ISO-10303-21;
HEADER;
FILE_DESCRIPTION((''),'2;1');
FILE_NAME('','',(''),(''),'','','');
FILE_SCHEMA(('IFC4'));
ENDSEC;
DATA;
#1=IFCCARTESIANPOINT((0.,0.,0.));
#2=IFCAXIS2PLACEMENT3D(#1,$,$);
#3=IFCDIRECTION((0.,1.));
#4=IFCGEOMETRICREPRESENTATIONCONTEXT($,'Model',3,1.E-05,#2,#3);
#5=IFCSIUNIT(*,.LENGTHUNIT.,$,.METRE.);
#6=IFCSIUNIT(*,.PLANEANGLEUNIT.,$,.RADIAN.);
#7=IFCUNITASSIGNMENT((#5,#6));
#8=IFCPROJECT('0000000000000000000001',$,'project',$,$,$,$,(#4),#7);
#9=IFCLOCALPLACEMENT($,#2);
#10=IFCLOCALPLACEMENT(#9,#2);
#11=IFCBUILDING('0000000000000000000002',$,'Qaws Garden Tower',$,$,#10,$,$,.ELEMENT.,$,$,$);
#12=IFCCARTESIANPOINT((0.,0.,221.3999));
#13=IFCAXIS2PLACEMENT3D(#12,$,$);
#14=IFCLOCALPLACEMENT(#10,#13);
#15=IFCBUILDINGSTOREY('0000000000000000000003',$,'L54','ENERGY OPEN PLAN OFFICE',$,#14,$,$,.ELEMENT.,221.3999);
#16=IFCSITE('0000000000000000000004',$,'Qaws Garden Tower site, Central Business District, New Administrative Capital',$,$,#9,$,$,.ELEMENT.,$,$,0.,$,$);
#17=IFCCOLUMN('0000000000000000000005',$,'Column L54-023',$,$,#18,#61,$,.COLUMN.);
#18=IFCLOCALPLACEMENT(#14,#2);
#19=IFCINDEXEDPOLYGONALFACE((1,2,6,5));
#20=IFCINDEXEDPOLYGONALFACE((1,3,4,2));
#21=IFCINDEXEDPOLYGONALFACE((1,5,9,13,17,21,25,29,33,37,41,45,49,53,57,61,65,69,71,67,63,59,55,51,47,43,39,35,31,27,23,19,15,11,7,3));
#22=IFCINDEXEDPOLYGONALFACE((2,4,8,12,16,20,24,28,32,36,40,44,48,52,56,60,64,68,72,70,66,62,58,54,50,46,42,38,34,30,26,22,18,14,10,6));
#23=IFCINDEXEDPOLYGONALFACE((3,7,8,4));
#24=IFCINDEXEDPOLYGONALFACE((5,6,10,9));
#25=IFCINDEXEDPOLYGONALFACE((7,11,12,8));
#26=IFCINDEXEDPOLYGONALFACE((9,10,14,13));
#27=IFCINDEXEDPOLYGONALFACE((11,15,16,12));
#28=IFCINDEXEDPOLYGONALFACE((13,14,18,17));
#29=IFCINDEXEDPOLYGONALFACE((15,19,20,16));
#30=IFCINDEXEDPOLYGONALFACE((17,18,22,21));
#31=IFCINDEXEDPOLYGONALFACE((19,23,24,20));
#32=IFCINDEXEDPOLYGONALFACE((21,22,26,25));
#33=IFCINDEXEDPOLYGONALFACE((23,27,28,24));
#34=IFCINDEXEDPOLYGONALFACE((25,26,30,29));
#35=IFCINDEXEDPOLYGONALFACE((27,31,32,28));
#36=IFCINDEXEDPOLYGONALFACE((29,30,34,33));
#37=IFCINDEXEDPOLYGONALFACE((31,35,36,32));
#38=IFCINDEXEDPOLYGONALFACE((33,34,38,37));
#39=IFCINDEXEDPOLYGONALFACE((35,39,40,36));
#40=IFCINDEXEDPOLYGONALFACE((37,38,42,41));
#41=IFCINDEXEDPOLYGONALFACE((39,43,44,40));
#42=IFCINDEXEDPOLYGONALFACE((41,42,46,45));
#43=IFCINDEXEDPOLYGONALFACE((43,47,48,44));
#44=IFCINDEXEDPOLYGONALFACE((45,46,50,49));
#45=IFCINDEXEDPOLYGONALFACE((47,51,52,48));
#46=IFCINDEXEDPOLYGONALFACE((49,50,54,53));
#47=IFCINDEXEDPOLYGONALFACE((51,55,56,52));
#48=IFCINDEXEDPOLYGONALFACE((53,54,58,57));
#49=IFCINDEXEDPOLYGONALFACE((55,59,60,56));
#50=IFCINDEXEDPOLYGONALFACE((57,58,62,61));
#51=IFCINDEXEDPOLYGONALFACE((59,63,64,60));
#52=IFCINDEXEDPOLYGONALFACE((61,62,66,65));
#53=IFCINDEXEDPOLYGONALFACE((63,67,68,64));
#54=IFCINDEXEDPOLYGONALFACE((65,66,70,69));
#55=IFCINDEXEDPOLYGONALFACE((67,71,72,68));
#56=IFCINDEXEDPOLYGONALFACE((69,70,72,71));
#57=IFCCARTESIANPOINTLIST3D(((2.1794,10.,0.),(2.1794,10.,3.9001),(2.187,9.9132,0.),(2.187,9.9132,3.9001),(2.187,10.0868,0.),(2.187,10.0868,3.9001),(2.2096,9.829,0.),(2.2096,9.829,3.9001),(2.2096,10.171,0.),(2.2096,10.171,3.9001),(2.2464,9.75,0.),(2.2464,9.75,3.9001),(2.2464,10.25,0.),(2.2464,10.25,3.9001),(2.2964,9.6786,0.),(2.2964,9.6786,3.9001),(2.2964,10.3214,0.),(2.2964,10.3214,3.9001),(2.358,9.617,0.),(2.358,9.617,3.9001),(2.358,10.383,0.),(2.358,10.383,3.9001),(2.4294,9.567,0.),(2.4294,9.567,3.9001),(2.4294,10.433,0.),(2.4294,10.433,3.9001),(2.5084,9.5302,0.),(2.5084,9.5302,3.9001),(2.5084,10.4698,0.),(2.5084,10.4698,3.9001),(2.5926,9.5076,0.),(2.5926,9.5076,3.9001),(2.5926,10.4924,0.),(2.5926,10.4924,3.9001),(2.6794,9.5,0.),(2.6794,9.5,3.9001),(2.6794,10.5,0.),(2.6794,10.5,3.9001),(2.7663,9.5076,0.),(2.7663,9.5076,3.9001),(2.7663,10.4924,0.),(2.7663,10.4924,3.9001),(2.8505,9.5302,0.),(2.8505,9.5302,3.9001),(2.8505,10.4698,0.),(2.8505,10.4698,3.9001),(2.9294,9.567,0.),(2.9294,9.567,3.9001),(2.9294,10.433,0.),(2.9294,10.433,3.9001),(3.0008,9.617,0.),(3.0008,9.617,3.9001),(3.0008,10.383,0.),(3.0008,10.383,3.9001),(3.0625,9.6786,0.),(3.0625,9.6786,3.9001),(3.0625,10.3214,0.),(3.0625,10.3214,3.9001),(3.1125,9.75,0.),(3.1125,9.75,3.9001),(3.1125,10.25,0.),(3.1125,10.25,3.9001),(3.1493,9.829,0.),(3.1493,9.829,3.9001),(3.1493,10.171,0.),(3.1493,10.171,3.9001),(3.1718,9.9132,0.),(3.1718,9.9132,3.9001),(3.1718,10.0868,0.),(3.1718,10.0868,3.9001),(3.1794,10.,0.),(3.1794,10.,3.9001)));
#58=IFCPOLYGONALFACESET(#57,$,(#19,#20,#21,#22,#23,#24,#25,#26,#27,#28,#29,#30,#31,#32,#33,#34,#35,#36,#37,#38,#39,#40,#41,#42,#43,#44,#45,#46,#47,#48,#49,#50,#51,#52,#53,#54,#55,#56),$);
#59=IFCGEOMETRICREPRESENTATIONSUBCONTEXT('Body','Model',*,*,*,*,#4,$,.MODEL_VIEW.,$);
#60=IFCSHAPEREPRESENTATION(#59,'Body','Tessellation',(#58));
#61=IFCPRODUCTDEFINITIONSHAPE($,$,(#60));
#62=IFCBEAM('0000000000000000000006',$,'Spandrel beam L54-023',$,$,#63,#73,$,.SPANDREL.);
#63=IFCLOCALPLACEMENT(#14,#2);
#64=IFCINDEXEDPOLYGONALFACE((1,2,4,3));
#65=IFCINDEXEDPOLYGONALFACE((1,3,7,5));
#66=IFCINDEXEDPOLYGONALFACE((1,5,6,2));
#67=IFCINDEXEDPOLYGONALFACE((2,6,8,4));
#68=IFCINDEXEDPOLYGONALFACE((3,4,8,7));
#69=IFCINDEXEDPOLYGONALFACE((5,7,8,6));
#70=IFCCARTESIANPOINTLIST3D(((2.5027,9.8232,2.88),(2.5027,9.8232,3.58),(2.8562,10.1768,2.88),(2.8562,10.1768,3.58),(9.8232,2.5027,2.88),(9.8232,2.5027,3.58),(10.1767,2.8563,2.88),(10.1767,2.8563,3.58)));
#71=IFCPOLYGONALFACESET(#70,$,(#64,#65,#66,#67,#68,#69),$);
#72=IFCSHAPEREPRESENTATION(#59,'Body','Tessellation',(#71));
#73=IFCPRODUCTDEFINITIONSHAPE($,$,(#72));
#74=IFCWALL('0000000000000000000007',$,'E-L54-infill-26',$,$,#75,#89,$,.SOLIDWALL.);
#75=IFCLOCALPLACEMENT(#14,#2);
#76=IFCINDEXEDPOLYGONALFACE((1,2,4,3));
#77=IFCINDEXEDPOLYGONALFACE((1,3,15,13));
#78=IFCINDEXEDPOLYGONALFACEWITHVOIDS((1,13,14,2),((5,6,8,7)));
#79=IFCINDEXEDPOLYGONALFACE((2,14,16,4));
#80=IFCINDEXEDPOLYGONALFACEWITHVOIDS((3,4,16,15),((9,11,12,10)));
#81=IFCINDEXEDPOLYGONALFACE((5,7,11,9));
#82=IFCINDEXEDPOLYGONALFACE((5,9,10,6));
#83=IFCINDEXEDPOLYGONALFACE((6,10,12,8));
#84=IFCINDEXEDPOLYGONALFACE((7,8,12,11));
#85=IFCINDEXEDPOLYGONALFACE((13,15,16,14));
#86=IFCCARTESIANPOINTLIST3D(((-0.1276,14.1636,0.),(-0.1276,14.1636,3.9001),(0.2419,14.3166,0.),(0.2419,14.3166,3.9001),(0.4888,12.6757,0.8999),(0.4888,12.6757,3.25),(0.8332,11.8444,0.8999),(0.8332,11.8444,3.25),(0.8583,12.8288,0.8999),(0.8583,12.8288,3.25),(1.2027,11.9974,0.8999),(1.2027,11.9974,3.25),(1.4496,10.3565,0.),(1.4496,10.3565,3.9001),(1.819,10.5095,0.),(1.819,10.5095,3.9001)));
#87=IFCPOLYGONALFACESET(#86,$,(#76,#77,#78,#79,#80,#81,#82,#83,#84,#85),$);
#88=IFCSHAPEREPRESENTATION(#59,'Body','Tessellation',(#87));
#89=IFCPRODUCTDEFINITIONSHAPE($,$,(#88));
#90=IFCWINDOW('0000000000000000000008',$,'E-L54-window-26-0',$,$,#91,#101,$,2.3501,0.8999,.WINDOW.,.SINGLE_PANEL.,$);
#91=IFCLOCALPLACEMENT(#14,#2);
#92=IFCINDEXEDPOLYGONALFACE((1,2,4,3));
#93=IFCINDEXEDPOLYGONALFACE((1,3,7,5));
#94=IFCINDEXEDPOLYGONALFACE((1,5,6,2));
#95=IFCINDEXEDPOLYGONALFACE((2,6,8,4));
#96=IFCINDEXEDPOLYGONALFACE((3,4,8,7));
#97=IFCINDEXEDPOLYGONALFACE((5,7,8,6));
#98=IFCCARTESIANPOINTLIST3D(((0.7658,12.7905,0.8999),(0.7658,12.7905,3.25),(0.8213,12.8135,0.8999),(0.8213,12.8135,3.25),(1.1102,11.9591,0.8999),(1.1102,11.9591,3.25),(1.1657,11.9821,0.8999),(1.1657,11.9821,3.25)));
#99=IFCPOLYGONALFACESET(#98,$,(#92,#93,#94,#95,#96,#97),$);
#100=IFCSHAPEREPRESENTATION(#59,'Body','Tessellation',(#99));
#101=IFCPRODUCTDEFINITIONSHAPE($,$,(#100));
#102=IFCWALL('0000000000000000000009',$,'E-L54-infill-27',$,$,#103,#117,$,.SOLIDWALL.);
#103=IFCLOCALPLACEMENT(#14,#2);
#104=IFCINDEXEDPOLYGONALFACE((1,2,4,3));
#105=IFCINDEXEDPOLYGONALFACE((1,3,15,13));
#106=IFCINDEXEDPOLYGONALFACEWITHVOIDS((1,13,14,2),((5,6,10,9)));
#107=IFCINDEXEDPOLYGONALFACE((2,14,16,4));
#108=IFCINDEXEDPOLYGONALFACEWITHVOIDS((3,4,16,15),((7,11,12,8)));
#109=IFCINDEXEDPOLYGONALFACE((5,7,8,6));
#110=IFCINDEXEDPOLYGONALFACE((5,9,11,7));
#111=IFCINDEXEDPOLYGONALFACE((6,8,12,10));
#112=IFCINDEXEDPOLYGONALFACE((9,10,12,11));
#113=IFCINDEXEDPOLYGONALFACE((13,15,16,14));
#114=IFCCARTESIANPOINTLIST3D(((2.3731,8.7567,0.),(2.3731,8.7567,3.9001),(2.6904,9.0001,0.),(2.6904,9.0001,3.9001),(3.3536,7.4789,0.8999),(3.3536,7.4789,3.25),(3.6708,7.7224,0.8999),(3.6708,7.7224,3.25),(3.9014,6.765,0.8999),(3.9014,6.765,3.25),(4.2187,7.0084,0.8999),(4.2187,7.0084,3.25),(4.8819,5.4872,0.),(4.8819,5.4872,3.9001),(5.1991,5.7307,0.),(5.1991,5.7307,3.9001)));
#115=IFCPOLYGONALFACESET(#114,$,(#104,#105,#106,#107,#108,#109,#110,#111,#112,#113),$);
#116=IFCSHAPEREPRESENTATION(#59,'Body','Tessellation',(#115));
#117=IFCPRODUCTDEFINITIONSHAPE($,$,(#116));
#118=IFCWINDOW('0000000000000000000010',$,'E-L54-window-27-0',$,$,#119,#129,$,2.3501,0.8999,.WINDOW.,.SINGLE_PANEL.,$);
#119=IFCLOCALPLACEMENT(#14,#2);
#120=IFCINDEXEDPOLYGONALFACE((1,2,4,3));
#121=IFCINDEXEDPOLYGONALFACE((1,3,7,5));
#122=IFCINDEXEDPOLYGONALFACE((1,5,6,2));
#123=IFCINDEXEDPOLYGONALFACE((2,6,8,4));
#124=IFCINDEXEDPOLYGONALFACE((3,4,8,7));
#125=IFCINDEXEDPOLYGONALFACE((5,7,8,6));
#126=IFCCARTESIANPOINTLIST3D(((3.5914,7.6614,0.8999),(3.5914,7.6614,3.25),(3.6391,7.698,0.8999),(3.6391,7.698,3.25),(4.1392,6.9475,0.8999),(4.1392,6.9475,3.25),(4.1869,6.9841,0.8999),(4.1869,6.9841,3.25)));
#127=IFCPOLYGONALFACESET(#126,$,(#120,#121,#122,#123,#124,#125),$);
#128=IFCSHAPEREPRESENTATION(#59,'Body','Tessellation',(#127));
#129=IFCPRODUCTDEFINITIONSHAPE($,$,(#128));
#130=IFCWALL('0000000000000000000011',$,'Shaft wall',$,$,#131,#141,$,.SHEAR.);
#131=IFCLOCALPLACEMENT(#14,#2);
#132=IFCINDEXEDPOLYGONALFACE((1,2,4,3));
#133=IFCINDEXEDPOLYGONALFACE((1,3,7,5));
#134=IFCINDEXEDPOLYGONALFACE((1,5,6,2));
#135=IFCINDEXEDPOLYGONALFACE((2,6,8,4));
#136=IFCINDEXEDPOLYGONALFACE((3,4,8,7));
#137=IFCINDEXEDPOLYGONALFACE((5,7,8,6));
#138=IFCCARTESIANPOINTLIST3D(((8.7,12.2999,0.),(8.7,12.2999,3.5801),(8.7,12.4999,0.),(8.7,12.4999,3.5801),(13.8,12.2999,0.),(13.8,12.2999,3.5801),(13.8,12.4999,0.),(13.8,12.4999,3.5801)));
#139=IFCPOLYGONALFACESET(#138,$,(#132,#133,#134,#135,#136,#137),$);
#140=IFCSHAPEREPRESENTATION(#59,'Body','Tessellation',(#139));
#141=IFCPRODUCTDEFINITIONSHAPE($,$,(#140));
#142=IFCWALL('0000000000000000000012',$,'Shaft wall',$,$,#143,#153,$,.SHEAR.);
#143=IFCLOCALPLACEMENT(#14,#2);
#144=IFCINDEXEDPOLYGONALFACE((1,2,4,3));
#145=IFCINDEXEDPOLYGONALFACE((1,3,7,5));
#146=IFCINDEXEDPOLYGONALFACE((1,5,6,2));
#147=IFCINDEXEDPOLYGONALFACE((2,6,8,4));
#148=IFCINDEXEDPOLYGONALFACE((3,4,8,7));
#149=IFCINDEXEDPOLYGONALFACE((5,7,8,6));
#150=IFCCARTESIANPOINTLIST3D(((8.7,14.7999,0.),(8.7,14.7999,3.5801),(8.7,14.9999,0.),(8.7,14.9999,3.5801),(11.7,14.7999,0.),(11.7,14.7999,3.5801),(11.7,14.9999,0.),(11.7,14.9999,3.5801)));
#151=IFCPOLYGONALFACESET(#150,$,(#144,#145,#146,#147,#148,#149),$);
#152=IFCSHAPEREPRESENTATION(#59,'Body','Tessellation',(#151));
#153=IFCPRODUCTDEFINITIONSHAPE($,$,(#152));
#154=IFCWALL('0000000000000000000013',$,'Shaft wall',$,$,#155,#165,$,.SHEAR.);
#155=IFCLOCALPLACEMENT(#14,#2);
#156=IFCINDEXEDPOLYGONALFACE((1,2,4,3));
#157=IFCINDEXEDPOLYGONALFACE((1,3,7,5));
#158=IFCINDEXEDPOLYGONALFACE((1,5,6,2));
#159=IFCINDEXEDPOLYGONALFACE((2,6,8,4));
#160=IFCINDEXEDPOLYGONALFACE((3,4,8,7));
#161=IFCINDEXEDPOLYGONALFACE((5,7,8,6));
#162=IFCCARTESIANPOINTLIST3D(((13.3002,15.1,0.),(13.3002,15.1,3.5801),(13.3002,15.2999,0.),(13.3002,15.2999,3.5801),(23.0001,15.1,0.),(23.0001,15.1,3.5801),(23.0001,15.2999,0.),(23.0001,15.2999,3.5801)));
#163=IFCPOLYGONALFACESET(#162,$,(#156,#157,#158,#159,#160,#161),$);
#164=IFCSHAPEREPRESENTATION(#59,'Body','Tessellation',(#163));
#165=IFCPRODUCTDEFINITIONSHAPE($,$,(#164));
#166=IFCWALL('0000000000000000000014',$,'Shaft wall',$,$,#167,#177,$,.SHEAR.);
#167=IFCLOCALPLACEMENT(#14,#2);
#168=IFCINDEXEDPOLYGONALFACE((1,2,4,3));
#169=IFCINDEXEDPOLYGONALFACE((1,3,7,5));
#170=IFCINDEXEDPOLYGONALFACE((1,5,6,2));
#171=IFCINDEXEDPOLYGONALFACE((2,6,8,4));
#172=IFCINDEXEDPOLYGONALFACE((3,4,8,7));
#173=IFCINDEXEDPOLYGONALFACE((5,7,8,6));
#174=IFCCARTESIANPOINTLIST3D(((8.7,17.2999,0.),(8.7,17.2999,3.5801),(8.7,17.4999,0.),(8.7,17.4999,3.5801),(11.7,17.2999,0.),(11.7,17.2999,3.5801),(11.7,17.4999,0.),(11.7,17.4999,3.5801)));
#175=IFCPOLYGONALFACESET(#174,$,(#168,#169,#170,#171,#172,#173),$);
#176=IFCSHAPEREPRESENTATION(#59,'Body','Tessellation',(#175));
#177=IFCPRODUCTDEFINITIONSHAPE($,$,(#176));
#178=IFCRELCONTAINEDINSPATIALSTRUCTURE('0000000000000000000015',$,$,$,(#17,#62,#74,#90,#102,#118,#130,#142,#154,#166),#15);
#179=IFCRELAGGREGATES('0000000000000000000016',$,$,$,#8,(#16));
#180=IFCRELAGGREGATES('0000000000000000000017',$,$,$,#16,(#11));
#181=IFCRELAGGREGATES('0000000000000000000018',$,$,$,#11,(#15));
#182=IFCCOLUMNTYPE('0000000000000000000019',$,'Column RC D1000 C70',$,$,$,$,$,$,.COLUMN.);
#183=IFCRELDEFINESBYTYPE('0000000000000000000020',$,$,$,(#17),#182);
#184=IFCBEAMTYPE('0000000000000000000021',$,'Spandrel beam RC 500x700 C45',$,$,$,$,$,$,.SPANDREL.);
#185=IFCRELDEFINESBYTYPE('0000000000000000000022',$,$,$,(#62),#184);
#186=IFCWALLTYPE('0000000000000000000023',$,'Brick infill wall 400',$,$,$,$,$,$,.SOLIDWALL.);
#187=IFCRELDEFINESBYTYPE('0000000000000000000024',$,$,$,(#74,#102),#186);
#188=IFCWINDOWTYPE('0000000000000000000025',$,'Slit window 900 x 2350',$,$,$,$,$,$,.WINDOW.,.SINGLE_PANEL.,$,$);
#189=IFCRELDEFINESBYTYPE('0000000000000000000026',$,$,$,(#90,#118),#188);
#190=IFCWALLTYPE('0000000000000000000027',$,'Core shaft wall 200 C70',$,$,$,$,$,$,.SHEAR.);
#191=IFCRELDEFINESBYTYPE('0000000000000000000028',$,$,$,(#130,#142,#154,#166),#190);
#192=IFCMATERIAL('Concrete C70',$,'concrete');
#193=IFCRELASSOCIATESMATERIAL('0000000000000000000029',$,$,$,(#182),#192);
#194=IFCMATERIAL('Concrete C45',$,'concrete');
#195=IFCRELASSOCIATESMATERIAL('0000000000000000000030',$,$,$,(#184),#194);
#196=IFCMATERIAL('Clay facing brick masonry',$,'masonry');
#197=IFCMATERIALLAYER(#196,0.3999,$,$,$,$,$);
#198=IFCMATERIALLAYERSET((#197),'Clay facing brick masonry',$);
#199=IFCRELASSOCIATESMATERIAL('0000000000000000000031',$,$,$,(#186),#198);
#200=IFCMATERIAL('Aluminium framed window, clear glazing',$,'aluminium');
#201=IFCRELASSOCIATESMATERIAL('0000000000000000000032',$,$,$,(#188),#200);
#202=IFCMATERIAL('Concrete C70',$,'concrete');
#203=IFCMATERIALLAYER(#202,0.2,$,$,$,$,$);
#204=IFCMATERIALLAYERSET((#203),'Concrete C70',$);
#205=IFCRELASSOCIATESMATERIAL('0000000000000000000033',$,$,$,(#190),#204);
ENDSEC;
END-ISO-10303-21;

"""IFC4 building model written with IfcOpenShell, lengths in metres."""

from ifc_helpers import new_model, si_unit, direction, frame, frame_2d, origin, origin_2d, place, context, subcontext, project, spatial, rectangle, circle, extrude, material, layer, layer_set, material_profile, profile_set, type_object, element, fill, save


model = new_model("IFC4")

# Units and contexts
model_context = context("Model", 3, precision=1e-05, world=origin(), true_north=direction((0.0, 1.0)))
body_context = subcontext(model_context, "Body", "Model", "MODEL_VIEW")
ifc_project = project(units=[si_unit("LENGTHUNIT", "METRE"), si_unit("PLANEANGLEUNIT", "RADIAN")], contexts=[model_context])

# Site, building, storey
site_placement = place(None, origin())
site = spatial("IfcSite", under=ifc_project, at=site_placement, Name="Qaws Garden Tower site, Central Business District, New Administrative Capital", CompositionType="ELEMENT", RefElevation=0.0)
building_placement = place(site_placement, origin())
building = spatial("IfcBuilding", under=site, at=building_placement, Name="Qaws Garden Tower", CompositionType="ELEMENT")
storey_placement = place(building_placement, frame((0.0, 0.0, 221.3999)))
storey = spatial("IfcBuildingStorey", under=building, at=storey_placement, Name="L54", Description="ENERGY OPEN PLAN OFFICE", CompositionType="ELEMENT", Elevation=221.3999)

# Column
ifc_material_1 = material(Name="Concrete C70", Category="concrete")
ifc_material_profile_1 = material_profile(ifc_material_1, circle(Radius=0.5, at=origin_2d()), Name="RC D1000")
ifc_profile_set_1 = profile_set([ifc_material_profile_1], Name="Concrete C70")
column_type = type_object("IfcColumnType", Name="Column RC D1000 C70", PredefinedType="COLUMN", material=ifc_profile_set_1)
column_placement = place(storey_placement, frame((2.6794, 10.0, 0.0), z_axis=(0.0, 0.0, 1.0), x_axis=(1.0, 0.0, 0.0)))
element("IfcColumn", 1, at=column_placement, inside=storey, type_object=column_type, Name="Column L54-023", PredefinedType="COLUMN", context=body_context, shape_type="SweptSolid", body=[
    extrude(circle(Radius=0.5, at=origin_2d()), origin(), (0.0, 0.0, 1.0), 3.9001),
])

# Beam
ifc_material_2 = material(Name="Concrete C45", Category="concrete")
ifc_material_profile_2 = material_profile(ifc_material_2, rectangle(XDim=0.5, YDim=0.7, at=origin_2d()), Name="RC 500x700")
ifc_profile_set_2 = profile_set([ifc_material_profile_2], Name="Concrete C45")
beam_type = type_object("IfcBeamType", Name="Spandrel beam RC 500x700 C45", PredefinedType="SPANDREL", material=ifc_profile_set_2)
beam_placement = place(storey_placement, frame((2.6794, 10.0, 3.23), z_axis=(0.707107, -0.707107, 0.0), x_axis=(0.707107, 0.707107, 0.0)))
element("IfcBeam", 2, at=beam_placement, inside=storey, type_object=beam_type, Name="Spandrel beam L54-023", PredefinedType="SPANDREL", context=body_context, shape_type="SweptSolid", body=[
    extrude(rectangle(XDim=0.5, YDim=0.7, at=origin_2d()), origin(), (0.0, 0.0, 1.0), 10.3528),
])

# Walls, openings, windows
ifc_material_3 = material(Name="Clay facing brick masonry", Category="masonry")
ifc_layer_1 = layer(ifc_material_3, 0.3999)
ifc_layer_set_1 = layer_set([ifc_layer_1], Name="Clay facing brick masonry")
wall_type_1 = type_object("IfcWallType", Name="Brick infill wall 400", PredefinedType="SOLIDWALL", material=ifc_layer_set_1)
wall_1_placement = place(storey_placement, frame((0.0571, 14.2402, 0.0), z_axis=(0.0, 0.0, 1.0), x_axis=(0.382722, -0.923864, 0.0)))
wall_1 = element("IfcWall", 3, at=wall_1_placement, inside=storey, type_object=wall_type_1, Name="E-L54-infill-26", PredefinedType="SOLIDWALL", context=body_context, shape_type="SweptSolid", body=[
    extrude(rectangle(XDim=4.1208, YDim=0.3999, at=frame_2d((2.0605, 0.0))), origin(), (0.0, 0.0, 1.0), 3.9001),
])
opening_1_placement = place(wall_1_placement, frame((1.6106, 0.0, 0.8999)))
opening_1 = element("IfcOpeningElement", 4, at=opening_1_placement, cuts=wall_1, PredefinedType="OPENING", context=body_context, shape_type="SweptSolid", body=[
    extrude(rectangle(XDim=0.8999, YDim=2.3501, at=frame_2d((0.45, 1.175))), frame((0.0, 0.21, 0.0), z_axis=(0.0, -1.0, 0.0), x_axis=(1.0, 0.0, 0.0)), (0.0, 0.0, 1.0), 0.4199),
])
ifc_material_4 = material(Name="Aluminium framed window, clear glazing", Category="aluminium")
window_type = type_object("IfcWindowType", Name="Slit window 900 x 2350", PartitioningType="SINGLE_PANEL", PredefinedType="WINDOW", material=ifc_material_4)
window_1_placement = place(opening_1_placement, origin())
window_1 = element("IfcWindow", 5, at=window_1_placement, inside=storey, type_object=window_type, Name="E-L54-window-26-0", OverallHeight=2.3501, OverallWidth=0.8999, PartitioningType="SINGLE_PANEL", PredefinedType="WINDOW", context=body_context, shape_type="SweptSolid", body=[
    extrude(rectangle(XDim=0.8999, YDim=2.3501, at=frame_2d((0.45, 1.175))), frame((0.0, 0.1599, 0.0), z_axis=(0.0, -1.0, 0.0), x_axis=(1.0, 0.0, 0.0)), (0.0, 0.0, 1.0), 0.0601),
])
fill(opening_1, window_1)
wall_2_placement = place(storey_placement, frame((2.5317, 8.8784, 0.0), z_axis=(0.0, 0.0, 1.0), x_axis=(0.60876, -0.793355, 0.0)))
wall_2 = element("IfcWall", 6, at=wall_2_placement, inside=storey, type_object=wall_type_1, Name="E-L54-infill-27", PredefinedType="SOLIDWALL", context=body_context, shape_type="SweptSolid", body=[
    extrude(rectangle(XDim=4.1211, YDim=0.3999, at=frame_2d((2.0605, 0.0))), origin(), (0.0, 0.0, 1.0), 3.9001),
])
opening_2_placement = place(wall_2_placement, frame((1.6106, 0.0, 0.8999)))
opening_2 = element("IfcOpeningElement", 7, at=opening_2_placement, cuts=wall_2, PredefinedType="OPENING", context=body_context, shape_type="SweptSolid", body=[
    extrude(rectangle(XDim=0.8999, YDim=2.3501, at=frame_2d((0.45, 1.175))), frame((0.0, 0.21, 0.0), z_axis=(0.0, -1.0, 0.0), x_axis=(1.0, 0.0, 0.0)), (0.0, 0.0, 1.0), 0.4199),
])
window_2_placement = place(opening_2_placement, origin())
window_2 = element("IfcWindow", 8, at=window_2_placement, inside=storey, type_object=window_type, Name="E-L54-window-27-0", OverallHeight=2.3501, OverallWidth=0.8999, PartitioningType="SINGLE_PANEL", PredefinedType="WINDOW", context=body_context, shape_type="SweptSolid", body=[
    extrude(rectangle(XDim=0.8999, YDim=2.3501, at=frame_2d((0.45, 1.175))), frame((0.0, 0.1599, 0.0), z_axis=(0.0, -1.0, 0.0), x_axis=(1.0, 0.0, 0.0)), (0.0, 0.0, 1.0), 0.0601),
])
fill(opening_2, window_2)

# Walls
ifc_material_5 = material(Name="Concrete C70", Category="concrete")
ifc_layer_2 = layer(ifc_material_5, 0.2)
ifc_layer_set_2 = layer_set([ifc_layer_2], Name="Concrete C70")
wall_type_2 = type_object("IfcWallType", Name="Core shaft wall 200 C70", PredefinedType="SHEAR", material=ifc_layer_set_2)
wall_3_placement = place(storey_placement, frame((8.7, 12.3999, 0.0), z_axis=(0.0, 0.0, 1.0), x_axis=(1.0, 0.0, 0.0)))
element("IfcWall", 9, at=wall_3_placement, inside=storey, type_object=wall_type_2, Name="Shaft wall", PredefinedType="SHEAR", context=body_context, shape_type="SweptSolid", body=[
    extrude(rectangle(XDim=5.1001, YDim=0.2, at=frame_2d((2.55, 0.0))), origin(), (0.0, 0.0, 1.0), 3.5801),
])
wall_4_placement = place(storey_placement, frame((8.7, 14.8999, 0.0), z_axis=(0.0, 0.0, 1.0), x_axis=(1.0, 0.0, 0.0)))
element("IfcWall", 10, at=wall_4_placement, inside=storey, type_object=wall_type_2, Name="Shaft wall", PredefinedType="SHEAR", context=body_context, shape_type="SweptSolid", body=[
    extrude(rectangle(XDim=3.0, YDim=0.2, at=frame_2d((1.5, 0.0))), origin(), (0.0, 0.0, 1.0), 3.5801),
])
wall_5_placement = place(storey_placement, frame((13.3, 15.2, 0.0), z_axis=(0.0, 0.0, 1.0), x_axis=(1.0, 0.0, 0.0)))
element("IfcWall", 11, at=wall_5_placement, inside=storey, type_object=wall_type_2, Name="Shaft wall", PredefinedType="SHEAR", context=body_context, shape_type="SweptSolid", body=[
    extrude(rectangle(XDim=9.7, YDim=0.2, at=frame_2d((4.8501, 0.0))), origin(), (0.0, 0.0, 1.0), 3.5801),
])
wall_6_placement = place(storey_placement, frame((8.7, 17.3999, 0.0), z_axis=(0.0, 0.0, 1.0), x_axis=(1.0, 0.0, 0.0)))
element("IfcWall", 12, at=wall_6_placement, inside=storey, type_object=wall_type_2, Name="Shaft wall", PredefinedType="SHEAR", context=body_context, shape_type="SweptSolid", body=[
    extrude(rectangle(XDim=3.0, YDim=0.2, at=frame_2d((1.5, 0.0))), origin(), (0.0, 0.0, 1.0), 3.5801),
])

save(model, "model.ifc")
